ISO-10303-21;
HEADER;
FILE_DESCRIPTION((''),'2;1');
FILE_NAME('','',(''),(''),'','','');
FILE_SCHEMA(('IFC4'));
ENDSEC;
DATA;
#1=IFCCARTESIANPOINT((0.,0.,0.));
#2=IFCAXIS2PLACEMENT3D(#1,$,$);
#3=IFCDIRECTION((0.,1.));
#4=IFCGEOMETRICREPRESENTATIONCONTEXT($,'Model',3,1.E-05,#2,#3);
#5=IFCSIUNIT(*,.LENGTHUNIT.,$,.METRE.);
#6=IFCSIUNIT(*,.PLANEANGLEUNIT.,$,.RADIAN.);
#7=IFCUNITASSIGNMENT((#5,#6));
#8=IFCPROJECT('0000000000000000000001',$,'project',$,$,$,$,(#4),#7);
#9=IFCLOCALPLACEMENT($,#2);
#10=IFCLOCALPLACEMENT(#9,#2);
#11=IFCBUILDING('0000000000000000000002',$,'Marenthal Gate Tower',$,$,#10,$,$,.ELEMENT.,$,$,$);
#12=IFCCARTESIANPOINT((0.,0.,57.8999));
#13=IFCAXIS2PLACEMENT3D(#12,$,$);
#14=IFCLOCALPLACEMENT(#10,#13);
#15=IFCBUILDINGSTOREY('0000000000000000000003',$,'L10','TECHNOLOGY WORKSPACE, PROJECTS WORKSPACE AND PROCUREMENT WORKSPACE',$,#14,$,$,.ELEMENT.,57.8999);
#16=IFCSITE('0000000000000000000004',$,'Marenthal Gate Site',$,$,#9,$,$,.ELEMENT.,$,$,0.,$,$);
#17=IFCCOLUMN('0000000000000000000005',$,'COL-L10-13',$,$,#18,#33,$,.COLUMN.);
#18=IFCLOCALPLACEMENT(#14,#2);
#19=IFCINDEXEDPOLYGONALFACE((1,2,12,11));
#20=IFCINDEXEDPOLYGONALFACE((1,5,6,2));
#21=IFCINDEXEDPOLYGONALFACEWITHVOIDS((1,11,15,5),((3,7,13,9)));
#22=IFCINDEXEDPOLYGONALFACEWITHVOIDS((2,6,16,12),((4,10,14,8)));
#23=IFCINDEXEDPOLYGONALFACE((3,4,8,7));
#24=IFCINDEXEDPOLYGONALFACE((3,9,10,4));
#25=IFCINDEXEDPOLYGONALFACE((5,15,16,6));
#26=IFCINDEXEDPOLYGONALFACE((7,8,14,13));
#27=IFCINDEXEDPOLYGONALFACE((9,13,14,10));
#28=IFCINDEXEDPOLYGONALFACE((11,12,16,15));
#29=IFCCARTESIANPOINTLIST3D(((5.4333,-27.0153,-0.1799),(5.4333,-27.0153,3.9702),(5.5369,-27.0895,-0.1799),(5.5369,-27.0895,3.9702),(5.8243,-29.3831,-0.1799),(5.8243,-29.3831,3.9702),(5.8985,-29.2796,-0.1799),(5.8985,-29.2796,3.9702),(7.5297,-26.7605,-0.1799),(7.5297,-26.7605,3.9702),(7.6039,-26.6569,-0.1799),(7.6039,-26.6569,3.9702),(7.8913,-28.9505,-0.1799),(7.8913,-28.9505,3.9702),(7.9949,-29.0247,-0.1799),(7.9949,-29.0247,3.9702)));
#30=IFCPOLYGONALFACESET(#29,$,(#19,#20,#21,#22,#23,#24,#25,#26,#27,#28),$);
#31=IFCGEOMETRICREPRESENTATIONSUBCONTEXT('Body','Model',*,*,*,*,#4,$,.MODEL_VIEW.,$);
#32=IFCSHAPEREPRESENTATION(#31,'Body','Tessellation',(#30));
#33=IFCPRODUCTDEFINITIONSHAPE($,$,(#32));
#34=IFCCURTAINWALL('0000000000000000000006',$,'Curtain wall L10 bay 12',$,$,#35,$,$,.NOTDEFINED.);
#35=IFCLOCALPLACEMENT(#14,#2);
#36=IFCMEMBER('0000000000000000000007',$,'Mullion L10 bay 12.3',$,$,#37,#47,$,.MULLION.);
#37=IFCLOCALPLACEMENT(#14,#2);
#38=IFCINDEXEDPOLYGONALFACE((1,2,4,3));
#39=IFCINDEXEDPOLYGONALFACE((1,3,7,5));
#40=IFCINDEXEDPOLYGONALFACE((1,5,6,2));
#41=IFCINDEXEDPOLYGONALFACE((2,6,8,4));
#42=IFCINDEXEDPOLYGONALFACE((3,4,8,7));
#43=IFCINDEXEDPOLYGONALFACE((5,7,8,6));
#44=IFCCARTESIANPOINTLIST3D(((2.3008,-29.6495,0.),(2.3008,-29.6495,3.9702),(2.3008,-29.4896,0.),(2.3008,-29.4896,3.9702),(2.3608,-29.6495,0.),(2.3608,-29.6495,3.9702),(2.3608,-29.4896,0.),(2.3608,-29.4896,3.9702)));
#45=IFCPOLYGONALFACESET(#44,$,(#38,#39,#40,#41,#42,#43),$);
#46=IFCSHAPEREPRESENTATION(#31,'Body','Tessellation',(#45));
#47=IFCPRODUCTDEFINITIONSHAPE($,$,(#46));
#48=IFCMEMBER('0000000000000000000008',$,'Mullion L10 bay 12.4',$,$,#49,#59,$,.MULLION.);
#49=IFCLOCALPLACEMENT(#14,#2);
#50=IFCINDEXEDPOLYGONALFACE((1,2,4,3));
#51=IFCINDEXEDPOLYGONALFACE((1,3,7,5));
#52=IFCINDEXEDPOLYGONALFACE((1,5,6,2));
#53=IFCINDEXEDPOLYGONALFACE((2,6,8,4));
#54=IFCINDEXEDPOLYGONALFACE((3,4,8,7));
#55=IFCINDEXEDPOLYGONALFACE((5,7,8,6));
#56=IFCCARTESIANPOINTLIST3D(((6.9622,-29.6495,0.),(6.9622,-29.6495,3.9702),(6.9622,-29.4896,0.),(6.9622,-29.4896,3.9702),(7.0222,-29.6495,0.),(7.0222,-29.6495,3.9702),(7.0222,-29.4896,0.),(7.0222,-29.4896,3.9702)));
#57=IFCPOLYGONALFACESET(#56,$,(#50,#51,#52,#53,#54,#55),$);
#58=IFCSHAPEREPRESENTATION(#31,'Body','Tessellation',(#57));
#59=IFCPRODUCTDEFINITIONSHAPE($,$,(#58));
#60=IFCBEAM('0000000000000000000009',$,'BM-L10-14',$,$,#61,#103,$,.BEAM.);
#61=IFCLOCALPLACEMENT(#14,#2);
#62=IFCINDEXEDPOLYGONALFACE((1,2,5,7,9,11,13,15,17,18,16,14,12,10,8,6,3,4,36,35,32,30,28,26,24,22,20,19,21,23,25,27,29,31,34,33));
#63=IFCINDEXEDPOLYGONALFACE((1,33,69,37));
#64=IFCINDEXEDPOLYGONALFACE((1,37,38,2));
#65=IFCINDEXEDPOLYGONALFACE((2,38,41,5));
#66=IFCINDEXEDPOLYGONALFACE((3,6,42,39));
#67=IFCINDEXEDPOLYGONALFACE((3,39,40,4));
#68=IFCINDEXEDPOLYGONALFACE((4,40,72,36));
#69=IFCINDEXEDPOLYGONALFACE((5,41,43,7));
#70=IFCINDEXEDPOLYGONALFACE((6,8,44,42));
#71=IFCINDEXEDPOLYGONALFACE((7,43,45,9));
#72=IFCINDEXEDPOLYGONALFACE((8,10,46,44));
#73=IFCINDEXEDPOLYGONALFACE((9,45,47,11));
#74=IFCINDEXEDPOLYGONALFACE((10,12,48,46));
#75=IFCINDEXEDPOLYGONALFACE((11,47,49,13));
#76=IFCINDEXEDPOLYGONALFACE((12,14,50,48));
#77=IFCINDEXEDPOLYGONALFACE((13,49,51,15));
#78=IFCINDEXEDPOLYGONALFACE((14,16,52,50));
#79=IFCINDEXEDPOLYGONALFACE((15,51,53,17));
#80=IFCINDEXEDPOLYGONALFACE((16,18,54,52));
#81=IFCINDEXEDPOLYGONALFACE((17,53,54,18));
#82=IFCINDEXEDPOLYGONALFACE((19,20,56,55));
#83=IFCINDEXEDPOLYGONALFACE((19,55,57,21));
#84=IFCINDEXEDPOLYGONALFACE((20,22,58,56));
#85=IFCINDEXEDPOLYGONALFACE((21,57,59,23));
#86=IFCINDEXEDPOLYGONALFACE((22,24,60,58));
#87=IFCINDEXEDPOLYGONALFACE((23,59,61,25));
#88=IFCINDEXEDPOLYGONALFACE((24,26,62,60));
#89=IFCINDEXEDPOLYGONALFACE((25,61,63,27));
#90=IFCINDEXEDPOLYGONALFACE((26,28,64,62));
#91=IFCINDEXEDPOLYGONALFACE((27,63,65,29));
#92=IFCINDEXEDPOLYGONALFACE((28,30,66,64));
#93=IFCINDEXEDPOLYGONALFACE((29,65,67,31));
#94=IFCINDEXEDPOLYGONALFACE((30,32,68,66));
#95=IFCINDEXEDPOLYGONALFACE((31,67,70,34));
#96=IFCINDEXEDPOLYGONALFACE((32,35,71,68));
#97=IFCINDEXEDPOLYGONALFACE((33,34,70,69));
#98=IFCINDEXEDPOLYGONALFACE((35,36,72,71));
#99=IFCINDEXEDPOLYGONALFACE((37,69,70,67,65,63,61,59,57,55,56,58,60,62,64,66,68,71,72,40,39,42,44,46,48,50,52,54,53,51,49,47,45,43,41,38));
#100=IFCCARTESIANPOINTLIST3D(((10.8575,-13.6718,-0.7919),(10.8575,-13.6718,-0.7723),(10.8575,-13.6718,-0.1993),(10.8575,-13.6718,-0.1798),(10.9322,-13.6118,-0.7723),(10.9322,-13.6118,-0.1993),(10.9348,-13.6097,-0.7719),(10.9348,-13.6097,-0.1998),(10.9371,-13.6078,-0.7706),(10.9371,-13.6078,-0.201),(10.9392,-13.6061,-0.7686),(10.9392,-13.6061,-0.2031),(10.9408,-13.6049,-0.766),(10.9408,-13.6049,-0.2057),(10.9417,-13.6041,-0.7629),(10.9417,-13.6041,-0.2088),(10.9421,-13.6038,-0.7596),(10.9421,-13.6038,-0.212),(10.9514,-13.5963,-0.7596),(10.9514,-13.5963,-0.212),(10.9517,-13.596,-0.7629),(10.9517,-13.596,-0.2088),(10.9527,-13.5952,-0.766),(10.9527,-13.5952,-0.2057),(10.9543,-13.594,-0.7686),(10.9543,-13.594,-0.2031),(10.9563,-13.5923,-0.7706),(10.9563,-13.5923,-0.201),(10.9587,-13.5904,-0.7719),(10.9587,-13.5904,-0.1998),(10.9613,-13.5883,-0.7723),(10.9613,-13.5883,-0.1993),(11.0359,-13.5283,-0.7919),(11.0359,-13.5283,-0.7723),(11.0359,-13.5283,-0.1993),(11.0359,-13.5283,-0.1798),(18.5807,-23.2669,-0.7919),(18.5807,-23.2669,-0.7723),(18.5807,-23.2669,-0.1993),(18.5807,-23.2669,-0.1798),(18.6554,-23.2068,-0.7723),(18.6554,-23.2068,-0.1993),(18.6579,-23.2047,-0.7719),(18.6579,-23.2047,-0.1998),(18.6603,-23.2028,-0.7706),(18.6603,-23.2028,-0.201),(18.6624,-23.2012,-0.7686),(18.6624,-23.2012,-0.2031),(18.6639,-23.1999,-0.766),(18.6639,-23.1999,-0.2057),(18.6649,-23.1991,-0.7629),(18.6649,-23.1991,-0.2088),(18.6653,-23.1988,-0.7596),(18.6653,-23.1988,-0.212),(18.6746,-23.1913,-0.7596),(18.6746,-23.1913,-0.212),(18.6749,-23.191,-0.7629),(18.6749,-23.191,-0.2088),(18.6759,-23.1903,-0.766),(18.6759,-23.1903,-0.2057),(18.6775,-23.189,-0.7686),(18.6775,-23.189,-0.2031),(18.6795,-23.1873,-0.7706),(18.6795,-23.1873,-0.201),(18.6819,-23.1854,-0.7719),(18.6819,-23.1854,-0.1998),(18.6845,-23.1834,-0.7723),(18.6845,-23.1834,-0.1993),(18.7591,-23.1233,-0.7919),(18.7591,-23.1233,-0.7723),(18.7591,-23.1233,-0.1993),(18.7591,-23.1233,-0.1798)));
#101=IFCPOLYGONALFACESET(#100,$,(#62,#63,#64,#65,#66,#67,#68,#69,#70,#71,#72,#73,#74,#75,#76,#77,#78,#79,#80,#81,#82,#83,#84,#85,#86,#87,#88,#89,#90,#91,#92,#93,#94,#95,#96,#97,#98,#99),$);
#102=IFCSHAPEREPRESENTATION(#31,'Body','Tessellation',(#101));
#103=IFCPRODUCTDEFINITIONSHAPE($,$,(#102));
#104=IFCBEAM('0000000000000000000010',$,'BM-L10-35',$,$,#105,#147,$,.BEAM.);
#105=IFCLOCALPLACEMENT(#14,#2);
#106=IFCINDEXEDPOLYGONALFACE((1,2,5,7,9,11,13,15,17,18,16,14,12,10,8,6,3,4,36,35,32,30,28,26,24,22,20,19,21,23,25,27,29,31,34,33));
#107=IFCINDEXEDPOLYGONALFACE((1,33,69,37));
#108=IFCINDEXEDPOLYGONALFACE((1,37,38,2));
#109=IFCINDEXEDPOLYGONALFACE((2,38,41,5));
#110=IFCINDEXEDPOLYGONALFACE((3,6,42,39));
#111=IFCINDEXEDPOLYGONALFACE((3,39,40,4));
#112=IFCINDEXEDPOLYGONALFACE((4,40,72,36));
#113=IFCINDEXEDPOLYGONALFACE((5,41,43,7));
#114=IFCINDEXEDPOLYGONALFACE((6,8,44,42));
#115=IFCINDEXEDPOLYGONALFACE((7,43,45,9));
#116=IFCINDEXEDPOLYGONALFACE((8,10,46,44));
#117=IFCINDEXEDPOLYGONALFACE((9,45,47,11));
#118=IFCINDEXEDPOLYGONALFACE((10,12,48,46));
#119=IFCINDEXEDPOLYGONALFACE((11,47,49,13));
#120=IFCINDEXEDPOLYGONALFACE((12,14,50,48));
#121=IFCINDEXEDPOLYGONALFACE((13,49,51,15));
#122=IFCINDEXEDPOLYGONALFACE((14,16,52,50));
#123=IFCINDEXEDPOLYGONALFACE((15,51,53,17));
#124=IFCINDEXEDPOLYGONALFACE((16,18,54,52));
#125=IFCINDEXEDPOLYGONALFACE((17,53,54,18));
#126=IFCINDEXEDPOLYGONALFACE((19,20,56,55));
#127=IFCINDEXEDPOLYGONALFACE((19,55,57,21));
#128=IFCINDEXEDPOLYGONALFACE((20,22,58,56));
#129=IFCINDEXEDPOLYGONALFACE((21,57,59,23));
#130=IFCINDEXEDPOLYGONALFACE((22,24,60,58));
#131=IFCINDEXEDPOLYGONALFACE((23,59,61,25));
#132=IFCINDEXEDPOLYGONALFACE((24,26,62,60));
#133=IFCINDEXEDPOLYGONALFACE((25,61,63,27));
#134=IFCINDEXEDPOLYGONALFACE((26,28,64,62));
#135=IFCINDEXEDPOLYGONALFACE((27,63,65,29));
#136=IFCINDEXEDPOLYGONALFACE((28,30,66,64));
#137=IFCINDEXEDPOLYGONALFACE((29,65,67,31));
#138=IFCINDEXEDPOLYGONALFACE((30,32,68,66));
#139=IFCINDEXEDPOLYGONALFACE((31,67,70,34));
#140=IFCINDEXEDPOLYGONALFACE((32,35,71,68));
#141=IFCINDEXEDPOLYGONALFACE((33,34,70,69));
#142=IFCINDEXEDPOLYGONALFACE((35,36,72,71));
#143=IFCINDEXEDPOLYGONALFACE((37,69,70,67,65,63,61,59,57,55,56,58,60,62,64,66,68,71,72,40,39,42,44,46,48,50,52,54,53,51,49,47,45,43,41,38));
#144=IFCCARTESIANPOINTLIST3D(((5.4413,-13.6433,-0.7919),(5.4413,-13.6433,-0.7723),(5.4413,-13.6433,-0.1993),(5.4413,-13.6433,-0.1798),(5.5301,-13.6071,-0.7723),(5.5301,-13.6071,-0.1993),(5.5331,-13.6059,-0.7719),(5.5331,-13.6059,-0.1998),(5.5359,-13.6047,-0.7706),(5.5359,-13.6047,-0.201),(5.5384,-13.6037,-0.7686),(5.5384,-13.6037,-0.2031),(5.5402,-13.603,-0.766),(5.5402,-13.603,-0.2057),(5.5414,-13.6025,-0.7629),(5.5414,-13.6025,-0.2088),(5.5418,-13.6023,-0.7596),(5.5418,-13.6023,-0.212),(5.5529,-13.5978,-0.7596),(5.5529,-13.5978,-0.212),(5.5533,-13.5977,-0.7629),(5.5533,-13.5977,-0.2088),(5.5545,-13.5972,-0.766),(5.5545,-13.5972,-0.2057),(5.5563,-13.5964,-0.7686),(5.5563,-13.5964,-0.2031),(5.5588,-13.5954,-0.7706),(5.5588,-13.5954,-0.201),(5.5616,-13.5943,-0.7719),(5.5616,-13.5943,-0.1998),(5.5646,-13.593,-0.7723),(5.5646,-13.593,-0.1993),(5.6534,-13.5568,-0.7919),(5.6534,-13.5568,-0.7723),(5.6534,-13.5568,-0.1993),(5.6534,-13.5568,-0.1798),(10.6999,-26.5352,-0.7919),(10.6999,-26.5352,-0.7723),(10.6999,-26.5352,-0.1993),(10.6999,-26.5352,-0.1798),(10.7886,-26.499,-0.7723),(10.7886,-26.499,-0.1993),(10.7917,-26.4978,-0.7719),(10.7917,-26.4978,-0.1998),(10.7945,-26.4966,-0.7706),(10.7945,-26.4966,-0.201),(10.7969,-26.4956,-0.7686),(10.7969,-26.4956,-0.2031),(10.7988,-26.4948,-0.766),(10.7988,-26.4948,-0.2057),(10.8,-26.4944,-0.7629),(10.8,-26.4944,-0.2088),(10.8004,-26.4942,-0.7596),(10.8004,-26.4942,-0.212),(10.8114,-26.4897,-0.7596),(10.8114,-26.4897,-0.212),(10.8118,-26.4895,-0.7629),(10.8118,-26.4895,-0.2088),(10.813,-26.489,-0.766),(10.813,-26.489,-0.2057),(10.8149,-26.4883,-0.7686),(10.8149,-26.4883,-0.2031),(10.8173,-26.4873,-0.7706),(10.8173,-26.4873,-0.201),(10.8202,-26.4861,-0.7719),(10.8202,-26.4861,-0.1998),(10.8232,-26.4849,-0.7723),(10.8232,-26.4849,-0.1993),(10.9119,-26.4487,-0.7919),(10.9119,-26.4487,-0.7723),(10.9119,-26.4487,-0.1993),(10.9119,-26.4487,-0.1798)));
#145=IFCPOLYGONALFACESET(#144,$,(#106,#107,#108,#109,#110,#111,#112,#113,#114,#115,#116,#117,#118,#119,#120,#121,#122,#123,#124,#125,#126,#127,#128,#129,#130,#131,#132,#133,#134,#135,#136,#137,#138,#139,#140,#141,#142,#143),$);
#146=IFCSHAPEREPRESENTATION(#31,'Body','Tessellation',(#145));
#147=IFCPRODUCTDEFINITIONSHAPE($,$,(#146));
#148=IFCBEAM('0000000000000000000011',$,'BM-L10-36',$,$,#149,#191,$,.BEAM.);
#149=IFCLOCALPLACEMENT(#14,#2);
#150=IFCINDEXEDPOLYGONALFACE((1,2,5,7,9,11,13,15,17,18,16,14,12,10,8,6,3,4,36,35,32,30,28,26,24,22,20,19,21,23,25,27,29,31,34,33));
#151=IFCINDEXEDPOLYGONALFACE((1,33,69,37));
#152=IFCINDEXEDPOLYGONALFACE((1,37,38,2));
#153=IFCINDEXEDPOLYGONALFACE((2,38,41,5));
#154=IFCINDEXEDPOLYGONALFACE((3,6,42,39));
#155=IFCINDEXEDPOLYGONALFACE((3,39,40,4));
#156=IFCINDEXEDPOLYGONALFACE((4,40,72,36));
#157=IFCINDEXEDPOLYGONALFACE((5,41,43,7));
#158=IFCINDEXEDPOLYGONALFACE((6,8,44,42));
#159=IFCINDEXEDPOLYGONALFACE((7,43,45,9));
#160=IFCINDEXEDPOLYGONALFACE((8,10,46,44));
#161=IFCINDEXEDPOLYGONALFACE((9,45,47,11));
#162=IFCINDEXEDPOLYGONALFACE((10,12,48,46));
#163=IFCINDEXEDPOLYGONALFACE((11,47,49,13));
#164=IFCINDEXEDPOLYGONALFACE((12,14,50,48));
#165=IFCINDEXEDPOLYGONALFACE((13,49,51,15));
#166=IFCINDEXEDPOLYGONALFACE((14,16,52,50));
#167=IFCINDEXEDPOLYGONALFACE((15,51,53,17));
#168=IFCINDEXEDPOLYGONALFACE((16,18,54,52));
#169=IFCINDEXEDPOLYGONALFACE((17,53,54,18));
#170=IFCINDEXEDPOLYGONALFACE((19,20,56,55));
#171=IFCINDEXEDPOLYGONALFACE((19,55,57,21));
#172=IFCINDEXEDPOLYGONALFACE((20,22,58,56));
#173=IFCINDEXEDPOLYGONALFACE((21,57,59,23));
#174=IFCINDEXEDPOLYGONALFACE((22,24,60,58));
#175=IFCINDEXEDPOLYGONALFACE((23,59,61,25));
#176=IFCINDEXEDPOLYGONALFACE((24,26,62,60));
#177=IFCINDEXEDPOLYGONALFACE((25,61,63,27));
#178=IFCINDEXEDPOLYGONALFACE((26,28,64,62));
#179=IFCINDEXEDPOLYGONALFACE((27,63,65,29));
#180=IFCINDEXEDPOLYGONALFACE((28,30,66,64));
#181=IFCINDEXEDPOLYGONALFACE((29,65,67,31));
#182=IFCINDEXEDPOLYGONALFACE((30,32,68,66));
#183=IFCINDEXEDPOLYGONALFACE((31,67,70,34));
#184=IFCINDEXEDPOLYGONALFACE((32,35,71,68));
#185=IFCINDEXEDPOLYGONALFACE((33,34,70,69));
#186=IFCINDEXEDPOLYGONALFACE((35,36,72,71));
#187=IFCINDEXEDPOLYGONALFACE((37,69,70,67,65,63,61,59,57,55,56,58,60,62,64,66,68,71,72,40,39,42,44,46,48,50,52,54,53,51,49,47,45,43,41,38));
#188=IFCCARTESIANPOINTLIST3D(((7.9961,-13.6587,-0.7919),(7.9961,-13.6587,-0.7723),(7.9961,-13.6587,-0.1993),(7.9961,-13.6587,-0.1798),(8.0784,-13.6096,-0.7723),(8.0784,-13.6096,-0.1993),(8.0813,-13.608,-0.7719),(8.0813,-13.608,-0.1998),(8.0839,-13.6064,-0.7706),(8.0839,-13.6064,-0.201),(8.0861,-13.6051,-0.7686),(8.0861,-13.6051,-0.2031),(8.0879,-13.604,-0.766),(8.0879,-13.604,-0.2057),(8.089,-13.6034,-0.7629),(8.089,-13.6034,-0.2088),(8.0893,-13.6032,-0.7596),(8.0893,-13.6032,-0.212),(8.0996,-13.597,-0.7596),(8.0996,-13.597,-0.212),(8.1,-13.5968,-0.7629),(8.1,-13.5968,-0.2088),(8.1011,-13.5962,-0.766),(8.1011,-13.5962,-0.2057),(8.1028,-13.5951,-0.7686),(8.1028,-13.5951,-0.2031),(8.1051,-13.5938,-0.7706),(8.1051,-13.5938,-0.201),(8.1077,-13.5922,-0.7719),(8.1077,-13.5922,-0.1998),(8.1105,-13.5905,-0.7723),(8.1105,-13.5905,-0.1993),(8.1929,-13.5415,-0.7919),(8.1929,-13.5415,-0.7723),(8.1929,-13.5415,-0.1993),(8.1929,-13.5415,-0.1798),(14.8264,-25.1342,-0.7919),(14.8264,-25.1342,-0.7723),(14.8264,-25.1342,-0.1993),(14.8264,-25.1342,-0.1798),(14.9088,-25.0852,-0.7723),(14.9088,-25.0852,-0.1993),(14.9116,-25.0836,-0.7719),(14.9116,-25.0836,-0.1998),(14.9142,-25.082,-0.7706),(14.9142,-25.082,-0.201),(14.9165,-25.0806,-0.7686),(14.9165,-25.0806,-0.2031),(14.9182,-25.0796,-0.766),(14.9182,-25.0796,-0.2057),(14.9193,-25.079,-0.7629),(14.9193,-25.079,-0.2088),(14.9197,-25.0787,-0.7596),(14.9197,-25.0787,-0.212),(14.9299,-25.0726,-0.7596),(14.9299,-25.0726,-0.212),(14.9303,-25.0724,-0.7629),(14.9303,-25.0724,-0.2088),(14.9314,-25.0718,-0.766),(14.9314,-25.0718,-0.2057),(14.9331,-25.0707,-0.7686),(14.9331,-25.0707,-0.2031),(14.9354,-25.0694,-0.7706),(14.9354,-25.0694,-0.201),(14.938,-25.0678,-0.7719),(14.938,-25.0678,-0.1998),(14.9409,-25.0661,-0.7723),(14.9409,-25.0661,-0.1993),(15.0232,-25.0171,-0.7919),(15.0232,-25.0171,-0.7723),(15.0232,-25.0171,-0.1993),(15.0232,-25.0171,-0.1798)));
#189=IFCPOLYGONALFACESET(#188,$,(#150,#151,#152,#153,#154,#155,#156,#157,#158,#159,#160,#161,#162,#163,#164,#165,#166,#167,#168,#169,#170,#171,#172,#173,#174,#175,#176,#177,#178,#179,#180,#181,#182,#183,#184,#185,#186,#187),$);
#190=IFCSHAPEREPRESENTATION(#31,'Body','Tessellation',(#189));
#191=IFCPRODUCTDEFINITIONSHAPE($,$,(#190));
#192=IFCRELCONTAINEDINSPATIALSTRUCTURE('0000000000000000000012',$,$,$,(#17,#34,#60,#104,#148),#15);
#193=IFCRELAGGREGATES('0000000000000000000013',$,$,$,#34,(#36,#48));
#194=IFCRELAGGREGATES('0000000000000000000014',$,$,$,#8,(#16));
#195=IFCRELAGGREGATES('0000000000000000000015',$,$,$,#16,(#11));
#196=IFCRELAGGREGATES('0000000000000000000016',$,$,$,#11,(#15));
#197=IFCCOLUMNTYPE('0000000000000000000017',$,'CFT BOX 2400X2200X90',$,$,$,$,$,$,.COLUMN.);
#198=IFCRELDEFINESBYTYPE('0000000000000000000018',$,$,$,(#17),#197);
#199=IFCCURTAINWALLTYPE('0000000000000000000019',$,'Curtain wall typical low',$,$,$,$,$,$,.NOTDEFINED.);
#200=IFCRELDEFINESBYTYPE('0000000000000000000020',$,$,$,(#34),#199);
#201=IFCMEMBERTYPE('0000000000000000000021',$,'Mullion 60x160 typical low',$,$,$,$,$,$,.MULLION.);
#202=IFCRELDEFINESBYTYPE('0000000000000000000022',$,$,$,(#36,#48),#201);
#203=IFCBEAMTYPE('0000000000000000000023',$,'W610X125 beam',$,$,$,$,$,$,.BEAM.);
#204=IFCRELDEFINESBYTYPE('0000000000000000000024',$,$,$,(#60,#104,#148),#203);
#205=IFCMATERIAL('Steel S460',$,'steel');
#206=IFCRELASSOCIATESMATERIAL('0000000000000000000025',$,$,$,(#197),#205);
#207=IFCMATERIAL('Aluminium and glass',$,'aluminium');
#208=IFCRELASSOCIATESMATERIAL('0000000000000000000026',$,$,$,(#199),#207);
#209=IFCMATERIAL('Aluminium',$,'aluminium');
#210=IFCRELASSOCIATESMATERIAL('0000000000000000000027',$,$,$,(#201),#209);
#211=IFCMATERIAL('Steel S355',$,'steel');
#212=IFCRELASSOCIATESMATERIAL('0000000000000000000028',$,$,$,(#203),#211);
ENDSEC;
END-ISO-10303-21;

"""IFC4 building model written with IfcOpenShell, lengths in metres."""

from ifc_helpers import new_model, si_unit, direction, frame, origin, origin_2d, place, context, subcontext, project, spatial, rectangle, hollow_rectangle, i_section, extrude, material, material_profile, profile_set, type_object, element, aggregate, save


model = new_model("IFC4")

# Units and contexts
model_context = context("Model", 3, precision=1e-05, world=origin(), true_north=direction((0.0, 1.0)))
body_context = subcontext(model_context, "Body", "Model", "MODEL_VIEW")
ifc_project = project(units=[si_unit("LENGTHUNIT", "METRE"), si_unit("PLANEANGLEUNIT", "RADIAN")], contexts=[model_context])

# Site, building, storey
site_placement = place(None, origin())
site = spatial("IfcSite", under=ifc_project, at=site_placement, Name="Marenthal Gate Site", CompositionType="ELEMENT", RefElevation=0.0)
building_placement = place(site_placement, origin())
building = spatial("IfcBuilding", under=site, at=building_placement, Name="Marenthal Gate Tower", CompositionType="ELEMENT")
storey_placement = place(building_placement, frame((0.0, 0.0, 57.8999)))
storey = spatial("IfcBuildingStorey", under=building, at=storey_placement, Name="L10", Description="TECHNOLOGY WORKSPACE, PROJECTS WORKSPACE AND PROCUREMENT WORKSPACE", CompositionType="ELEMENT", Elevation=57.8999)

# Column
ifc_material_1 = material(Name="Steel S460", Category="steel")
ifc_material_profile_1 = material_profile(ifc_material_1, hollow_rectangle(XDim=2.2, YDim=2.3999, WallThickness=0.0901, at=origin_2d()), Name="CFT BOX 2400X2200X90")
ifc_material_2 = material(Name="Concrete 70 MPa", Category="concrete")
ifc_material_profile_2 = material_profile(ifc_material_2, rectangle(XDim=2.02, YDim=2.22, at=origin_2d()), Name="CFT BOX 2400X2200X90 INFILL")
ifc_profile_set_1 = profile_set([ifc_material_profile_1, ifc_material_profile_2], Name="Steel S460 shell, Concrete 70 MPa infill")
column_type = type_object("IfcColumnType", Name="CFT BOX 2400X2200X90", PredefinedType="COLUMN", material=ifc_profile_set_1)
column_placement = place(storey_placement, frame((6.7141, -28.02, -0.1799), z_axis=(0.0, 0.0, 1.0), x_axis=(-0.98664, -0.162918, 0.0)))
element("IfcColumn", 1, at=column_placement, inside=storey, type_object=column_type, Name="COL-L10-13", PredefinedType="COLUMN", context=body_context, shape_type="SweptSolid", body=[
    extrude(hollow_rectangle(XDim=2.2, YDim=2.3999, WallThickness=0.0901, at=origin_2d()), origin(), (0.0, 0.0, 1.0), 4.1501),
])

# Curtain wall, members
ifc_material_3 = material(Name="Aluminium and glass", Category="aluminium")
curtain_wall_type = type_object("IfcCurtainWallType", Name="Curtain wall typical low", PredefinedType="NOTDEFINED", material=ifc_material_3)
curtain_wall_placement = place(storey_placement, origin())
curtain_wall = element("IfcCurtainWall", 2, at=curtain_wall_placement, inside=storey, type_object=curtain_wall_type, Name="Curtain wall L10 bay 12", PredefinedType="NOTDEFINED")
ifc_material_4 = material(Name="Aluminium", Category="aluminium")
ifc_material_profile_3 = material_profile(ifc_material_4, rectangle(XDim=0.1599, YDim=0.0601, at=origin_2d()), Name="60x160 aluminium mullion")
ifc_profile_set_2 = profile_set([ifc_material_profile_3], Name="Aluminium")
member_type = type_object("IfcMemberType", Name="Mullion 60x160 typical low", PredefinedType="MULLION", material=ifc_profile_set_2)
member_1_placement = place(storey_placement, frame((2.3308, -29.5696, 0.0), z_axis=(0.0, 0.0, 1.0), x_axis=(0.0, 1.0, 0.0)))
member_1 = element("IfcMember", 3, at=member_1_placement, type_object=member_type, Name="Mullion L10 bay 12.3", PredefinedType="MULLION", context=body_context, shape_type="SweptSolid", body=[
    extrude(rectangle(XDim=0.1599, YDim=0.0601, at=origin_2d()), origin(), (0.0, 0.0, 1.0), 3.9702),
])
member_2_placement = place(storey_placement, frame((6.9922, -29.5696, 0.0), z_axis=(0.0, 0.0, 1.0), x_axis=(0.0, 1.0, 0.0)))
member_2 = element("IfcMember", 4, at=member_2_placement, type_object=member_type, Name="Mullion L10 bay 12.4", PredefinedType="MULLION", context=body_context, shape_type="SweptSolid", body=[
    extrude(rectangle(XDim=0.1599, YDim=0.0601, at=origin_2d()), origin(), (0.0, 0.0, 1.0), 3.9702),
])

# Beams
ifc_material_5 = material(Name="Steel S355", Category="steel")
ifc_material_profile_4 = material_profile(ifc_material_5, i_section(OverallWidth=0.229, OverallDepth=0.6121, WebThickness=0.012, FlangeThickness=0.0195, FilletRadius=0.0127, at=origin_2d()), Name="W610X125")
ifc_profile_set_3 = profile_set([ifc_material_profile_4], Name="Steel S355")
beam_type_1 = type_object("IfcBeamType", Name="W610X125 beam", PredefinedType="BEAM", material=ifc_profile_set_3)
beam_1_placement = place(storey_placement, frame((18.6699, -23.1951, -0.4858), z_axis=(-0.627027, 0.778997, 0.0), x_axis=(-0.778997, -0.627027, 0.0)))
element("IfcBeam", 5, at=beam_1_placement, inside=storey, type_object=beam_type_1, Name="BM-L10-14", PredefinedType="BEAM", context=body_context, shape_type="SweptSolid", body=[
    extrude(i_section(OverallWidth=0.229, OverallDepth=0.6121, WebThickness=0.012, FlangeThickness=0.0195, FilletRadius=0.0127, at=origin_2d()), origin(), (0.0, 0.0, 1.0), 12.3171),
])
beam_2_placement = place(storey_placement, frame((10.8059, -26.4919, -0.4858), z_axis=(-0.377686, 0.925934, 0.0), x_axis=(-0.925934, -0.377686, 0.0)))
element("IfcBeam", 6, at=beam_2_placement, inside=storey, type_object=beam_type_1, Name="BM-L10-35", PredefinedType="BEAM", context=body_context, shape_type="SweptSolid", body=[
    extrude(i_section(OverallWidth=0.229, OverallDepth=0.6121, WebThickness=0.012, FlangeThickness=0.0195, FilletRadius=0.0127, at=origin_2d()), origin(), (0.0, 0.0, 1.0), 13.9231),
])
beam_3_placement = place(storey_placement, frame((14.9248, -25.0757, -0.4858), z_axis=(-0.511463, 0.859306, 0.0), x_axis=(-0.859306, -0.511463, 0.0)))
element("IfcBeam", 7, at=beam_3_placement, inside=storey, type_object=beam_type_1, Name="BM-L10-36", PredefinedType="BEAM", context=body_context, shape_type="SweptSolid", body=[
    extrude(i_section(OverallWidth=0.229, OverallDepth=0.6121, WebThickness=0.012, FlangeThickness=0.0195, FilletRadius=0.0127, at=origin_2d()), origin(), (0.0, 0.0, 1.0), 13.3545),
])

aggregate(curtain_wall, [member_1, member_2])

save(model, "model.ifc")
